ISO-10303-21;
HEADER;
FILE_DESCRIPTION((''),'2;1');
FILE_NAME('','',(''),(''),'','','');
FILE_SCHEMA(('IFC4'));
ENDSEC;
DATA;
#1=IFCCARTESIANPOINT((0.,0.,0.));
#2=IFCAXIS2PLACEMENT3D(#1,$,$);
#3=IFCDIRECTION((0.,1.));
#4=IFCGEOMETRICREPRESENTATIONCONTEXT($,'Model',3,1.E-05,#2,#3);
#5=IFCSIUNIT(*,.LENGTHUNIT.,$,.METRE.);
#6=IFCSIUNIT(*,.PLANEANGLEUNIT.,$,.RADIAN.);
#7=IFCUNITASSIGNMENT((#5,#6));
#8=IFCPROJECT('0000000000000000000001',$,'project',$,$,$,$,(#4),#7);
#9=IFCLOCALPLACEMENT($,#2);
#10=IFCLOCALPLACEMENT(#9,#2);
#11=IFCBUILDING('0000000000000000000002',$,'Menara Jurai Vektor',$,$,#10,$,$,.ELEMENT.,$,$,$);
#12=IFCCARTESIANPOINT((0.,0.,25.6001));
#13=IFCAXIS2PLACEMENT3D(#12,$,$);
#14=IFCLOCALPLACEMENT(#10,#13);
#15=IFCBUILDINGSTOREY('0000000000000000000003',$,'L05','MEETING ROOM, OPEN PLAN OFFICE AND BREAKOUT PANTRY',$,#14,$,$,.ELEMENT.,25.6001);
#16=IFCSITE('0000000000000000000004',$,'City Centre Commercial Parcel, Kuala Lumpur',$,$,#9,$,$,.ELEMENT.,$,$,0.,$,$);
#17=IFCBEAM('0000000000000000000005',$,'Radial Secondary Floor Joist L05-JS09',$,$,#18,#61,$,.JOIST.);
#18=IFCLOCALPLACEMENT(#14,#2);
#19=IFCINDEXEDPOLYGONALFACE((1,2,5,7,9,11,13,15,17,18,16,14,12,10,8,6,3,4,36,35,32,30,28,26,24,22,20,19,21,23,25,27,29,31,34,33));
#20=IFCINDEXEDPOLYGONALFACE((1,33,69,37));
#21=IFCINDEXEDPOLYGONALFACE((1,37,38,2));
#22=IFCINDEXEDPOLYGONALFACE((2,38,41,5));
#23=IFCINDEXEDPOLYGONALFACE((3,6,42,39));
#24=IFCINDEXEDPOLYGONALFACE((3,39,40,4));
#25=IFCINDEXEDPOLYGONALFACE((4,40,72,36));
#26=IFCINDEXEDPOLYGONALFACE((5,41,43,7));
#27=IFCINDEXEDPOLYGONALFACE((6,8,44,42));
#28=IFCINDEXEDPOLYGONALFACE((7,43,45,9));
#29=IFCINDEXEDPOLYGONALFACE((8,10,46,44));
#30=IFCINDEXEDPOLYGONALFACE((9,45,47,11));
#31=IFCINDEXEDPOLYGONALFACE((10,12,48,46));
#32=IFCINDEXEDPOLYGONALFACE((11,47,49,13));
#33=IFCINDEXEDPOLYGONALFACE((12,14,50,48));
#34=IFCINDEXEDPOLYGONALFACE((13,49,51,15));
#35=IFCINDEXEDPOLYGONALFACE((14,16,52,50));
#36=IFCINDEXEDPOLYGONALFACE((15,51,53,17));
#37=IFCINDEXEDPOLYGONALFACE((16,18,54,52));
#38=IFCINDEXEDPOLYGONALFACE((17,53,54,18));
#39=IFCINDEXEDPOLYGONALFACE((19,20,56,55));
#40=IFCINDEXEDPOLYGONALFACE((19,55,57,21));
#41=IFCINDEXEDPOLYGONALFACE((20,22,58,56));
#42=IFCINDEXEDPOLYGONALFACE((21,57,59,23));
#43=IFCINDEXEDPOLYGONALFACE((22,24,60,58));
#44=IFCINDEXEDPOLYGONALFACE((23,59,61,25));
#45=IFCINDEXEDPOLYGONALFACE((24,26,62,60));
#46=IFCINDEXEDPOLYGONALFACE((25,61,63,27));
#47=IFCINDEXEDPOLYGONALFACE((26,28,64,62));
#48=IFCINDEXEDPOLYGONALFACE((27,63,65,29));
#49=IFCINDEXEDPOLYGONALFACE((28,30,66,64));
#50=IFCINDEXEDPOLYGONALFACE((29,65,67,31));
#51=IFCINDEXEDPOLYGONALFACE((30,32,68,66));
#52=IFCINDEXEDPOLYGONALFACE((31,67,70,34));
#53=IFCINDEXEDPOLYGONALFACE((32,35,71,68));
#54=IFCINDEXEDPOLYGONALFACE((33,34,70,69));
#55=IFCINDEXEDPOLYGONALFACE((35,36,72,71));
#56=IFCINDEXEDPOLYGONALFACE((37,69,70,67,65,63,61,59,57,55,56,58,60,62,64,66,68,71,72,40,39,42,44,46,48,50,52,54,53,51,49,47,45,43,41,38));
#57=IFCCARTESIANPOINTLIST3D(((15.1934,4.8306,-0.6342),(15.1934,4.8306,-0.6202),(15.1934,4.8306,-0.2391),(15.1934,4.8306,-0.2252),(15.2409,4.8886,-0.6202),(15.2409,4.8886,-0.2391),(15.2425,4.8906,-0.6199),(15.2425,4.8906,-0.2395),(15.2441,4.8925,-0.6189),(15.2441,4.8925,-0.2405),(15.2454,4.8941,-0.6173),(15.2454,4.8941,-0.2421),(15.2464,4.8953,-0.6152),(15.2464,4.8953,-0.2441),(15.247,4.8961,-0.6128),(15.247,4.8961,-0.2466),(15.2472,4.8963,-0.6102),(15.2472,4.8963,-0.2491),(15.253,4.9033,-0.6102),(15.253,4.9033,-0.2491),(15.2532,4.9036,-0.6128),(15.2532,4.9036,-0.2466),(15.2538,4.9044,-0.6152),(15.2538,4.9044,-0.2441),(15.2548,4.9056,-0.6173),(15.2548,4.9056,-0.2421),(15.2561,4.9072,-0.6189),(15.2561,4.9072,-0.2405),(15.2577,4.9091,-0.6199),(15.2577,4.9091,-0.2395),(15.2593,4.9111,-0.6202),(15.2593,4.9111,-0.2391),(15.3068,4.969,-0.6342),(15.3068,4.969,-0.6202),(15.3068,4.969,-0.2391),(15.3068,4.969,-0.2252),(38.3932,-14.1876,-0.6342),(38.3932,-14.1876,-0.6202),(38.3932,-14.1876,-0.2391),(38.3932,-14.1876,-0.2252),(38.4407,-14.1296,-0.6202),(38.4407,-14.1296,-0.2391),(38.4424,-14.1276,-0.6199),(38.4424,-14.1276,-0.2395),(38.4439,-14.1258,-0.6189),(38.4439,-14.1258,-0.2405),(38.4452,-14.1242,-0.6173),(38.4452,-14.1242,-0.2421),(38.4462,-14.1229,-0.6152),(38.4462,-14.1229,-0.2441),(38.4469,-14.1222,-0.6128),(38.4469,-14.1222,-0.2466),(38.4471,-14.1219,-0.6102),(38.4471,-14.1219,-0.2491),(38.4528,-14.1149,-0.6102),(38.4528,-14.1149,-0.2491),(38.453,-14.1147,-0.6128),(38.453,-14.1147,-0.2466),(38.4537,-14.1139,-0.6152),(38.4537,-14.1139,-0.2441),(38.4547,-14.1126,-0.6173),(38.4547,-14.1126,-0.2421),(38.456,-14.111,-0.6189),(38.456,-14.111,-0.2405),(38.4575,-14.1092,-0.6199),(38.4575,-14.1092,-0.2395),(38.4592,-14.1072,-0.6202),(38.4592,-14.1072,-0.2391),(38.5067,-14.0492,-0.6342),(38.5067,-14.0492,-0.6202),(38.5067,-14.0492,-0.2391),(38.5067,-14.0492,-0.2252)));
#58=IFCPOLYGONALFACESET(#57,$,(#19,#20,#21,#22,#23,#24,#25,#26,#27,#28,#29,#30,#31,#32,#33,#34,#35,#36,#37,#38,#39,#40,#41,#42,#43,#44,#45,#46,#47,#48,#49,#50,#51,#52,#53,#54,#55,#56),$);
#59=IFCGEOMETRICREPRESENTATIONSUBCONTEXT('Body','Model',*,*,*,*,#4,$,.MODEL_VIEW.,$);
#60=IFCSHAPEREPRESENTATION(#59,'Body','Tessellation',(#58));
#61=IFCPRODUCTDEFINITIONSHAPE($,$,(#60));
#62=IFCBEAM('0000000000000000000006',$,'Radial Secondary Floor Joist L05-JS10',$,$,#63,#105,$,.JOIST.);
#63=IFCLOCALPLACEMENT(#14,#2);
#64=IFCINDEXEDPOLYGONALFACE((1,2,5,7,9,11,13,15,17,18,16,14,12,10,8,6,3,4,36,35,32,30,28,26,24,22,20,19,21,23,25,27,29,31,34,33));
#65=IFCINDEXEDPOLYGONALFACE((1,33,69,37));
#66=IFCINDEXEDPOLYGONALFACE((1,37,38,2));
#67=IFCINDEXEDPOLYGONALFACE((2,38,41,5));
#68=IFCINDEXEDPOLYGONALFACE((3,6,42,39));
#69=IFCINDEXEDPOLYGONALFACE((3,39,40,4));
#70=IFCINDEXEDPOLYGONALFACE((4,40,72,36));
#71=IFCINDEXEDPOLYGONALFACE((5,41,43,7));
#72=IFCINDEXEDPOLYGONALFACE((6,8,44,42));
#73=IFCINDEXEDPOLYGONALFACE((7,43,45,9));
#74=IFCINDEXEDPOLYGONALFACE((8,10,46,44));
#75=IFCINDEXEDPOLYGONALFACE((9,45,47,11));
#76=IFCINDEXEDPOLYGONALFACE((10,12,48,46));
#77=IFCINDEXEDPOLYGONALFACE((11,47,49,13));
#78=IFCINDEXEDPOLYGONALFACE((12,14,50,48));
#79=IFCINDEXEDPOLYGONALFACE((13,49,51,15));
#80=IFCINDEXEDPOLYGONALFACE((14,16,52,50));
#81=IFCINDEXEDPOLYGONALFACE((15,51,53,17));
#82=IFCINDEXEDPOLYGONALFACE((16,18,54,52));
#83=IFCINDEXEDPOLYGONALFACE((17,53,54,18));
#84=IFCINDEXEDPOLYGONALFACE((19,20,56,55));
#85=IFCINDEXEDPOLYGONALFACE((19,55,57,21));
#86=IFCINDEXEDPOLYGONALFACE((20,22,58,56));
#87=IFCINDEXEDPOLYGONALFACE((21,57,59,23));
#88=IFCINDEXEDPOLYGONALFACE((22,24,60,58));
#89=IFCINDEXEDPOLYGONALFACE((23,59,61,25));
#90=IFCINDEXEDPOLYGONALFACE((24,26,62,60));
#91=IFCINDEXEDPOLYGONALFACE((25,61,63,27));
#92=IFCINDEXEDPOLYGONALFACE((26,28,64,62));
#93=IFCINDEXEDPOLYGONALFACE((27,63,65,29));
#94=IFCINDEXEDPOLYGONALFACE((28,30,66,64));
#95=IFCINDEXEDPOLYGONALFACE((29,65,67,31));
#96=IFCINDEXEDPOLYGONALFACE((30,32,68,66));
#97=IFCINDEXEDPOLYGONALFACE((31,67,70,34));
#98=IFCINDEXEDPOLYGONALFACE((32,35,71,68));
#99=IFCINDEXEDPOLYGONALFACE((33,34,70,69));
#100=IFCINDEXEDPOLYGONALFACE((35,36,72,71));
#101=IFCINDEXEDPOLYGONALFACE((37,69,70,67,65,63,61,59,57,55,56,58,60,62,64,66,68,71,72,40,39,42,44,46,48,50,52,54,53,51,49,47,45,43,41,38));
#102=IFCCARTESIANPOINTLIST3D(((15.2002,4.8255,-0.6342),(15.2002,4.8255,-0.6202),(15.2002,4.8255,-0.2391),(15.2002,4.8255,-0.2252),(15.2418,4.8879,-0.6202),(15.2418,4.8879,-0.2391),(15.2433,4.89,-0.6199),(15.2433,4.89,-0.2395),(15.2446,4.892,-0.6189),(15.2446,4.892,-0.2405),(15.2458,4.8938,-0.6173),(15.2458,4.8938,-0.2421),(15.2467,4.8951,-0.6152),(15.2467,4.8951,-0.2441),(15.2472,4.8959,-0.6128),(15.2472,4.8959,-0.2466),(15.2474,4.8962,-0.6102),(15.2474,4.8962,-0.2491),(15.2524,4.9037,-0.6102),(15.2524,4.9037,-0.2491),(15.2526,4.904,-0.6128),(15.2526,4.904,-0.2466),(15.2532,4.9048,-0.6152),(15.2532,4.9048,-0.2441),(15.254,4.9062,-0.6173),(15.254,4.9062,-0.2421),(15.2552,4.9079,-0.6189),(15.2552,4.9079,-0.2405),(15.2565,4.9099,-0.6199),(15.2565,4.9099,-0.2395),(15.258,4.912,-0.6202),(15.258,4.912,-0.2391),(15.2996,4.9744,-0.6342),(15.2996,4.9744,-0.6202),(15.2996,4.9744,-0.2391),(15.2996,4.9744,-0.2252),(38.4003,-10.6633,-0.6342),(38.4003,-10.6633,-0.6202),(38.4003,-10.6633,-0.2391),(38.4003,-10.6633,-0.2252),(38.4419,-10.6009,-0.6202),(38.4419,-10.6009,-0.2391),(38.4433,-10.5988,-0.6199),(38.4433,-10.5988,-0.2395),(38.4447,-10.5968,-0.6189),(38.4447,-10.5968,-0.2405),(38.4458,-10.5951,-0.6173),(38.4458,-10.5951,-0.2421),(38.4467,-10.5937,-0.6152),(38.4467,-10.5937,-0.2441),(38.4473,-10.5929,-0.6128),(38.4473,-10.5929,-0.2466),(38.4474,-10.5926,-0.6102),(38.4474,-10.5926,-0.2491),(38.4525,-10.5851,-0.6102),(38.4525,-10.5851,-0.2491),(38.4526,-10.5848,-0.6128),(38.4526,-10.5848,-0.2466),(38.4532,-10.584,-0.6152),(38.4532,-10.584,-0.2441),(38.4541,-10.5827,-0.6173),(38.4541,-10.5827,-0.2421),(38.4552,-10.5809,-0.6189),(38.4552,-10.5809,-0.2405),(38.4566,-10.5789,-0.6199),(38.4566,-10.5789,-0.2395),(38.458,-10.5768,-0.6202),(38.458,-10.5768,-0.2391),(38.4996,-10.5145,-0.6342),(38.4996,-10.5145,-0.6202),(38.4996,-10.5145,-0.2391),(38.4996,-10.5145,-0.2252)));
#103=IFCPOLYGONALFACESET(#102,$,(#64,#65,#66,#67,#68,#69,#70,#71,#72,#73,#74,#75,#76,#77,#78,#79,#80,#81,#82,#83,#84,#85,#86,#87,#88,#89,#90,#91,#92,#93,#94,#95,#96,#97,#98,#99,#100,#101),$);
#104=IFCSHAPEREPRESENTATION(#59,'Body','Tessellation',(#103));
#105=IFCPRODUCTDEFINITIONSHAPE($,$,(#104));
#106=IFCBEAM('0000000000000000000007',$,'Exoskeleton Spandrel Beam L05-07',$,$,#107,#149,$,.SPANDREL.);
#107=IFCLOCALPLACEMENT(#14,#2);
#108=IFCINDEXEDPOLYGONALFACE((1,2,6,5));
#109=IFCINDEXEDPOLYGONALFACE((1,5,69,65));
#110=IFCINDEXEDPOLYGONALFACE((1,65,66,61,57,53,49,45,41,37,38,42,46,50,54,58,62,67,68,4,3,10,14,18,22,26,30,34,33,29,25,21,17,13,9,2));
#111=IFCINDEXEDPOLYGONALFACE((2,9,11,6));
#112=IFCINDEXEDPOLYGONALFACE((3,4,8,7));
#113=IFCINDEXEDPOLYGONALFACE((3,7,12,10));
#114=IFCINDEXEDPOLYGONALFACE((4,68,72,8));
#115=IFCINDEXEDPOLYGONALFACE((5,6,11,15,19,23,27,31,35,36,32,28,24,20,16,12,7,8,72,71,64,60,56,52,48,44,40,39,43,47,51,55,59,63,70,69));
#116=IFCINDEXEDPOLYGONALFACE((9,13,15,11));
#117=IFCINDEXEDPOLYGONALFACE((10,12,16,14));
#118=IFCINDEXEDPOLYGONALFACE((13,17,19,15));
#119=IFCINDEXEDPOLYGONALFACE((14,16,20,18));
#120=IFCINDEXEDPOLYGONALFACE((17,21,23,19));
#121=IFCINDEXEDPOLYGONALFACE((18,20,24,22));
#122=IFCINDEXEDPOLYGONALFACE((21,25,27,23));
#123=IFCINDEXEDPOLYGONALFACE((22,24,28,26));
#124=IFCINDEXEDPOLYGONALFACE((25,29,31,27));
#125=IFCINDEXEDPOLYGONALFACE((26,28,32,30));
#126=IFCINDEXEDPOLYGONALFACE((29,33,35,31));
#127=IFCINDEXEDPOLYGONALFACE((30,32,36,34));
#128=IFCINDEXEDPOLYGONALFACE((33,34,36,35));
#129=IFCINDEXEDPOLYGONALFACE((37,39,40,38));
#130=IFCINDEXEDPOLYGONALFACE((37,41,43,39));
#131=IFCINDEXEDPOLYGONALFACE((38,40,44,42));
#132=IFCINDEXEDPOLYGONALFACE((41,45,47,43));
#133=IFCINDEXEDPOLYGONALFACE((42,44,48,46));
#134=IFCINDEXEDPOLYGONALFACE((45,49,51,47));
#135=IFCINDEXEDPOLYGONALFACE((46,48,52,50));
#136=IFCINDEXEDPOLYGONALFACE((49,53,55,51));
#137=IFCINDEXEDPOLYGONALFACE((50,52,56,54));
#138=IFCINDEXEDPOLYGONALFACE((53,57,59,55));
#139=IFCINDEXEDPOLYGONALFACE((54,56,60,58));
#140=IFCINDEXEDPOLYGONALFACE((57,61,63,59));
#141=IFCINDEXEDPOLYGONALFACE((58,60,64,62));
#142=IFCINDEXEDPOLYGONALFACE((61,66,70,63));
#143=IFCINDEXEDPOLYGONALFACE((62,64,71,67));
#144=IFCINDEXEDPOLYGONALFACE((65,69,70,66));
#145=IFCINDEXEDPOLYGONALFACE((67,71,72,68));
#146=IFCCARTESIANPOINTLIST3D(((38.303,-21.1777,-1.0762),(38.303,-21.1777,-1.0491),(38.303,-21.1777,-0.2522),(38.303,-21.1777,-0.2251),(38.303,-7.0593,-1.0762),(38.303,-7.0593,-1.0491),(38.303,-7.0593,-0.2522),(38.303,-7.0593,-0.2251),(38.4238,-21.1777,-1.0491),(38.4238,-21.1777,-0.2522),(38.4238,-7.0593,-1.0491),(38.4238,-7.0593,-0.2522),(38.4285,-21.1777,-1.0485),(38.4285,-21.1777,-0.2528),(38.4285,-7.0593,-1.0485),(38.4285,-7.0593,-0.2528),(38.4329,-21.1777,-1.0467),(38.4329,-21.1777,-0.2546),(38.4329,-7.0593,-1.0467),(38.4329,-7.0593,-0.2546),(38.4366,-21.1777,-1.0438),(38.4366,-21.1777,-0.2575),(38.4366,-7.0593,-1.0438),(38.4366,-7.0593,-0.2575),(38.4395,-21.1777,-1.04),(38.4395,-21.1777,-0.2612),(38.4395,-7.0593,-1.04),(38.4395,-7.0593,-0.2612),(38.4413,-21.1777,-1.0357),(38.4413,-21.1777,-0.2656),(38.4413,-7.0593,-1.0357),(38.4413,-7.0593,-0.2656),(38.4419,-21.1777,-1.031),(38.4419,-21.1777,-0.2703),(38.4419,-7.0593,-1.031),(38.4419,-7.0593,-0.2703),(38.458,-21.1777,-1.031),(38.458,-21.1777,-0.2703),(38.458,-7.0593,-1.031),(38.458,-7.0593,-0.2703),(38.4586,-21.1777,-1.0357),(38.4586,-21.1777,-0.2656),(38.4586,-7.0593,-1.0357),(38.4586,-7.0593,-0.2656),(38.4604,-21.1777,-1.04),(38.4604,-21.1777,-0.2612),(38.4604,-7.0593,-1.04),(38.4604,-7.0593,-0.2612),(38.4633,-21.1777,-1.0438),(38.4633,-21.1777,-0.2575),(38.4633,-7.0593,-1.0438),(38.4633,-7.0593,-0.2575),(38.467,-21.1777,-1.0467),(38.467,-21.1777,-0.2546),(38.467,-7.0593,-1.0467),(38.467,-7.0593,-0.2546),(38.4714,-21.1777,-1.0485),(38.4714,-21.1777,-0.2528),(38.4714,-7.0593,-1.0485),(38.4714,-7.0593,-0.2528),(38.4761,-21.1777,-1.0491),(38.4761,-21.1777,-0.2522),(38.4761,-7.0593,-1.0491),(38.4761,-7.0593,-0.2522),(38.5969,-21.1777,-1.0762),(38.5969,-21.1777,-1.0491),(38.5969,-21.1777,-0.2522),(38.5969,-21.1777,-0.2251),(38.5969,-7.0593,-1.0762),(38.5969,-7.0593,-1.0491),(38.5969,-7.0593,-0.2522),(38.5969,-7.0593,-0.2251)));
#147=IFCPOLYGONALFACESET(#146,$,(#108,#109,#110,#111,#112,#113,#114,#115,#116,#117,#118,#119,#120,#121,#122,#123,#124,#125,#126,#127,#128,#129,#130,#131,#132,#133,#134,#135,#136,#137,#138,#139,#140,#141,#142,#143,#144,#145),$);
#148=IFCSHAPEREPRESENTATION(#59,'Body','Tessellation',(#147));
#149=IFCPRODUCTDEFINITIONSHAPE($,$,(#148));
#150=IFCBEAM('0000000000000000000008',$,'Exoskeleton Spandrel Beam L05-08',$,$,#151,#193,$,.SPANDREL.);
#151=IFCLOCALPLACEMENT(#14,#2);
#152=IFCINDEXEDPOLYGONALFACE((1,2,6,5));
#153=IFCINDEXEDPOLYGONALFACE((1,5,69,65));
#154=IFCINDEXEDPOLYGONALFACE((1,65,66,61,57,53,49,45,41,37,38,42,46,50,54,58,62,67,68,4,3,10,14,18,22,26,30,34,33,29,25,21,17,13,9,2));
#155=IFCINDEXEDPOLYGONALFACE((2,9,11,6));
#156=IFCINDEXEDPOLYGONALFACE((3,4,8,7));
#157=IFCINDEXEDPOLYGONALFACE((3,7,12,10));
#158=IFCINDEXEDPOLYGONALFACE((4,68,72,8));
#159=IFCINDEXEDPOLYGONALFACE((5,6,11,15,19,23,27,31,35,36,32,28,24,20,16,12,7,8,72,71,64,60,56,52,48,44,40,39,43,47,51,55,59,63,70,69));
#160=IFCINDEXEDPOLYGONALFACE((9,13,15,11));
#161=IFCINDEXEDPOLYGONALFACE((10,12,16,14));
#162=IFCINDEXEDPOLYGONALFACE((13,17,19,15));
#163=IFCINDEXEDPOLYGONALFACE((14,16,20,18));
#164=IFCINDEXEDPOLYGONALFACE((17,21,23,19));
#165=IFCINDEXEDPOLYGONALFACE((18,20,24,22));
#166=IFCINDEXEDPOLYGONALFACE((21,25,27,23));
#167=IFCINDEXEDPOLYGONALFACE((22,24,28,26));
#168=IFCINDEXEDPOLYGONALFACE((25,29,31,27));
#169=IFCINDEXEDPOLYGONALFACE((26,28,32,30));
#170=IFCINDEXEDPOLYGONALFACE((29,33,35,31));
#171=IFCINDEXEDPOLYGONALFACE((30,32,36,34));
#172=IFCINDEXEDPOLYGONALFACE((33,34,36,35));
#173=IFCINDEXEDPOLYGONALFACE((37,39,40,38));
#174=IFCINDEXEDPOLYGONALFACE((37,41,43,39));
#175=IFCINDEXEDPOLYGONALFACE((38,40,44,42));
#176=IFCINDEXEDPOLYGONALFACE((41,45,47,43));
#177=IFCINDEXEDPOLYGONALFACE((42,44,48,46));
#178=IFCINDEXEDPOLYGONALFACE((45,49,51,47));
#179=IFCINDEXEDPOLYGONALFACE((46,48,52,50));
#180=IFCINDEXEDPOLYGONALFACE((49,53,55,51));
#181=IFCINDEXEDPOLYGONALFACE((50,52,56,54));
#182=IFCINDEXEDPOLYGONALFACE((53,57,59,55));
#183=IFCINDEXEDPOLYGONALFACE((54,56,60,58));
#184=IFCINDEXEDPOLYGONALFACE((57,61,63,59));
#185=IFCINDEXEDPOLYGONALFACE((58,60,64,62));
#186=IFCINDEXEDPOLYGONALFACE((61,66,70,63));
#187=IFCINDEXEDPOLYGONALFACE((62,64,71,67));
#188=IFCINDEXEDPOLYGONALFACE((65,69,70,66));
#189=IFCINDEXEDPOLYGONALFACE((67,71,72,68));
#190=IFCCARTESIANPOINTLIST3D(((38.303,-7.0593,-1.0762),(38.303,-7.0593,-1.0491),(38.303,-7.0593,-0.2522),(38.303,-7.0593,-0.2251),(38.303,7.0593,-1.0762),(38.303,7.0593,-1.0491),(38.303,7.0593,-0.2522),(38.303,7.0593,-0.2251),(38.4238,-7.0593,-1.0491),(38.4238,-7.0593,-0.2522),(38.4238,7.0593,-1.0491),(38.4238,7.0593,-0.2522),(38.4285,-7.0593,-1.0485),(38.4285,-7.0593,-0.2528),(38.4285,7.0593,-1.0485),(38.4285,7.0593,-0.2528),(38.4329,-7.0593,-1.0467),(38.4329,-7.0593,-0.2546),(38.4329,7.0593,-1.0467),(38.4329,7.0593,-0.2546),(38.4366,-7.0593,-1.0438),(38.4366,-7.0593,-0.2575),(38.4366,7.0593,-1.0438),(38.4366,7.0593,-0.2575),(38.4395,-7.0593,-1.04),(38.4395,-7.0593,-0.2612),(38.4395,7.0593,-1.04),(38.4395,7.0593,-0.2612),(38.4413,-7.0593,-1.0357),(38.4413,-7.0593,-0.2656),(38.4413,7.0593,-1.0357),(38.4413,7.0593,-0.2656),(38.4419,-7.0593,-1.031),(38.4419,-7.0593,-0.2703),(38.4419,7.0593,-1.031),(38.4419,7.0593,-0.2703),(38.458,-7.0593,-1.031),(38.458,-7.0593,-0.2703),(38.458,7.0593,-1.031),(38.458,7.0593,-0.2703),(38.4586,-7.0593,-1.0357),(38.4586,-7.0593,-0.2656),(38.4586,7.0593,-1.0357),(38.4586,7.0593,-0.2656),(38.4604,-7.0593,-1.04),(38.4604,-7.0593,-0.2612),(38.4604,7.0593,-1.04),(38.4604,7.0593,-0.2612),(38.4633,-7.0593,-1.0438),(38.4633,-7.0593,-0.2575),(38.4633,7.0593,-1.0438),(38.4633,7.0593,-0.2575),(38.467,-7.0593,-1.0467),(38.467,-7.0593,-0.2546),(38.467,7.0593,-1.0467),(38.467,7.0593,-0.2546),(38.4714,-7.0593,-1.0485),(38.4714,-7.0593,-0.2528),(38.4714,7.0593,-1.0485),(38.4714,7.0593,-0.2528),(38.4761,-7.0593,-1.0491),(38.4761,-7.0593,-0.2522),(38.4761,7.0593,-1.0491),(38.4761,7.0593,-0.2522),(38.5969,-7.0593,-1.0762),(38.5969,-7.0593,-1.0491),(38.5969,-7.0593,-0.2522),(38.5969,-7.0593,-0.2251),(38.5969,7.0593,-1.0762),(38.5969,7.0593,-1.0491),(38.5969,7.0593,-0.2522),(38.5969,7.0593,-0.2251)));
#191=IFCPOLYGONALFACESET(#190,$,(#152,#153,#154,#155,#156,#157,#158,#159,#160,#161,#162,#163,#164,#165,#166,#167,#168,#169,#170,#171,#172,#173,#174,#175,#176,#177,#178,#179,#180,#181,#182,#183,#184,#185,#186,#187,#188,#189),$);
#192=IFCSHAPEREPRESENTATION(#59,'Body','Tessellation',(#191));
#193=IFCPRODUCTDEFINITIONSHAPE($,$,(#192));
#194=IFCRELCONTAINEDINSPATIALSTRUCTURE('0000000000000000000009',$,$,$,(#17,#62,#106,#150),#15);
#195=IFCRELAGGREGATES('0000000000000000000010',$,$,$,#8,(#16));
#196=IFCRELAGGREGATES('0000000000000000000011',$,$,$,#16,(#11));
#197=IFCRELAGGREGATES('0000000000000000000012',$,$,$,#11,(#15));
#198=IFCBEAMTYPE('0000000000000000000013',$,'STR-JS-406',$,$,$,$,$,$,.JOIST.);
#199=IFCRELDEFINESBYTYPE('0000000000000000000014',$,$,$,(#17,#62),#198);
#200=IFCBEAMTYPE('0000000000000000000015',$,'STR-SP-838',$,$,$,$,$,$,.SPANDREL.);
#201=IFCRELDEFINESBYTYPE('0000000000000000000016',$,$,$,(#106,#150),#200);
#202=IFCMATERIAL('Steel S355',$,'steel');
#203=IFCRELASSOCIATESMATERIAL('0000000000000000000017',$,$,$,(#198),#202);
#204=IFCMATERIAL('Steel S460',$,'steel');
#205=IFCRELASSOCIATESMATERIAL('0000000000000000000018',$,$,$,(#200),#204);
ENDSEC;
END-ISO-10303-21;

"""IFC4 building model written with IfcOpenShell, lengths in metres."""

from ifc_helpers import new_model, si_unit, direction, frame, origin, origin_2d, place, context, subcontext, project, spatial, i_section, extrude, material, material_profile, profile_set, type_object, element, save


model = new_model("IFC4")

# Units and contexts
model_context = context("Model", 3, precision=1e-05, world=origin(), true_north=direction((0.0, 1.0)))
body_context = subcontext(model_context, "Body", "Model", "MODEL_VIEW")
ifc_project = project(units=[si_unit("LENGTHUNIT", "METRE"), si_unit("PLANEANGLEUNIT", "RADIAN")], contexts=[model_context])

# Site, building, storey
site_placement = place(None, origin())
site = spatial("IfcSite", under=ifc_project, at=site_placement, Name="City Centre Commercial Parcel, Kuala Lumpur", CompositionType="ELEMENT", RefElevation=0.0)
building_placement = place(site_placement, origin())
building = spatial("IfcBuilding", under=site, at=building_placement, Name="Menara Jurai Vektor", CompositionType="ELEMENT")
storey_placement = place(building_placement, frame((0.0, 0.0, 25.6001)))
storey = spatial("IfcBuildingStorey", under=building, at=storey_placement, Name="L05", Description="MEETING ROOM, OPEN PLAN OFFICE AND BREAKOUT PANTRY", CompositionType="ELEMENT", Elevation=25.6001)

# Shared definitions
ifc_material_1 = material(Name="Steel S460", Category="steel")

# Beams
ifc_material_2 = material(Name="Steel S355", Category="steel")
ifc_material_profile_1 = material_profile(ifc_material_2, i_section(OverallWidth=0.179, OverallDepth=0.4089, WebThickness=0.009, FlangeThickness=0.0139, FilletRadius=0.01, at=origin_2d()), Name="UKB 406x178x67")
ifc_profile_set_1 = profile_set([ifc_material_profile_1], Name="Steel S355")
beam_type_1 = type_object("IfcBeamType", Name="STR-JS-406", PredefinedType="JOIST", material=ifc_profile_set_1)
beam_1_placement = place(storey_placement, frame((38.45, -14.1184, -0.4297), z_axis=(-0.77336, 0.633967, 0.0), x_axis=(-0.633967, -0.77336, 0.0)))
element("IfcBeam", 1, at=beam_1_placement, inside=storey, type_object=beam_type_1, Name="Radial Secondary Floor Joist L05-JS09", PredefinedType="JOIST", context=body_context, shape_type="SweptSolid", body=[
    extrude(i_section(OverallWidth=0.179, OverallDepth=0.4089, WebThickness=0.009, FlangeThickness=0.0139, FilletRadius=0.01, at=origin_2d()), origin(), (0.0, 0.0, 1.0), 29.9988),
])
beam_2_placement = place(storey_placement, frame((38.45, -10.5889, -0.4297), z_axis=(-0.831684, 0.555249, 0.0), x_axis=(-0.555249, -0.831684, 0.0)))
element("IfcBeam", 2, at=beam_2_placement, inside=storey, type_object=beam_type_1, Name="Radial Secondary Floor Joist L05-JS10", PredefinedType="JOIST", context=body_context, shape_type="SweptSolid", body=[
    extrude(i_section(OverallWidth=0.179, OverallDepth=0.4089, WebThickness=0.009, FlangeThickness=0.0139, FilletRadius=0.01, at=origin_2d()), origin(), (0.0, 0.0, 1.0), 27.8953),
])
ifc_material_profile_2 = material_profile(ifc_material_1, i_section(OverallWidth=0.2939, OverallDepth=0.8511, WebThickness=0.0161, FlangeThickness=0.0271, FilletRadius=0.0181, at=origin_2d()), Name="UKB 838x292x226")
ifc_profile_set_2 = profile_set([ifc_material_profile_2], Name="Steel S460")
beam_type_2 = type_object("IfcBeamType", Name="STR-SP-838", PredefinedType="SPANDREL", material=ifc_profile_set_2)
beam_3_placement = place(storey_placement, frame((38.45, -21.1777, -0.6506), z_axis=(0.0, 1.0, 0.0), x_axis=(-1.0, 0.0, 0.0)))
element("IfcBeam", 3, at=beam_3_placement, inside=storey, type_object=beam_type_2, Name="Exoskeleton Spandrel Beam L05-07", PredefinedType="SPANDREL", context=body_context, shape_type="SweptSolid", body=[
    extrude(i_section(OverallWidth=0.2939, OverallDepth=0.8511, WebThickness=0.0161, FlangeThickness=0.0271, FilletRadius=0.0181, at=origin_2d()), origin(), (0.0, 0.0, 1.0), 14.1184),
])
beam_4_placement = place(storey_placement, frame((38.45, -7.0593, -0.6506), z_axis=(0.0, 1.0, 0.0), x_axis=(-1.0, 0.0, 0.0)))
element("IfcBeam", 4, at=beam_4_placement, inside=storey, type_object=beam_type_2, Name="Exoskeleton Spandrel Beam L05-08", PredefinedType="SPANDREL", context=body_context, shape_type="SweptSolid", body=[
    extrude(i_section(OverallWidth=0.2939, OverallDepth=0.8511, WebThickness=0.0161, FlangeThickness=0.0271, FilletRadius=0.0181, at=origin_2d()), origin(), (0.0, 0.0, 1.0), 14.1187),
])

save(model, "model.ifc")
